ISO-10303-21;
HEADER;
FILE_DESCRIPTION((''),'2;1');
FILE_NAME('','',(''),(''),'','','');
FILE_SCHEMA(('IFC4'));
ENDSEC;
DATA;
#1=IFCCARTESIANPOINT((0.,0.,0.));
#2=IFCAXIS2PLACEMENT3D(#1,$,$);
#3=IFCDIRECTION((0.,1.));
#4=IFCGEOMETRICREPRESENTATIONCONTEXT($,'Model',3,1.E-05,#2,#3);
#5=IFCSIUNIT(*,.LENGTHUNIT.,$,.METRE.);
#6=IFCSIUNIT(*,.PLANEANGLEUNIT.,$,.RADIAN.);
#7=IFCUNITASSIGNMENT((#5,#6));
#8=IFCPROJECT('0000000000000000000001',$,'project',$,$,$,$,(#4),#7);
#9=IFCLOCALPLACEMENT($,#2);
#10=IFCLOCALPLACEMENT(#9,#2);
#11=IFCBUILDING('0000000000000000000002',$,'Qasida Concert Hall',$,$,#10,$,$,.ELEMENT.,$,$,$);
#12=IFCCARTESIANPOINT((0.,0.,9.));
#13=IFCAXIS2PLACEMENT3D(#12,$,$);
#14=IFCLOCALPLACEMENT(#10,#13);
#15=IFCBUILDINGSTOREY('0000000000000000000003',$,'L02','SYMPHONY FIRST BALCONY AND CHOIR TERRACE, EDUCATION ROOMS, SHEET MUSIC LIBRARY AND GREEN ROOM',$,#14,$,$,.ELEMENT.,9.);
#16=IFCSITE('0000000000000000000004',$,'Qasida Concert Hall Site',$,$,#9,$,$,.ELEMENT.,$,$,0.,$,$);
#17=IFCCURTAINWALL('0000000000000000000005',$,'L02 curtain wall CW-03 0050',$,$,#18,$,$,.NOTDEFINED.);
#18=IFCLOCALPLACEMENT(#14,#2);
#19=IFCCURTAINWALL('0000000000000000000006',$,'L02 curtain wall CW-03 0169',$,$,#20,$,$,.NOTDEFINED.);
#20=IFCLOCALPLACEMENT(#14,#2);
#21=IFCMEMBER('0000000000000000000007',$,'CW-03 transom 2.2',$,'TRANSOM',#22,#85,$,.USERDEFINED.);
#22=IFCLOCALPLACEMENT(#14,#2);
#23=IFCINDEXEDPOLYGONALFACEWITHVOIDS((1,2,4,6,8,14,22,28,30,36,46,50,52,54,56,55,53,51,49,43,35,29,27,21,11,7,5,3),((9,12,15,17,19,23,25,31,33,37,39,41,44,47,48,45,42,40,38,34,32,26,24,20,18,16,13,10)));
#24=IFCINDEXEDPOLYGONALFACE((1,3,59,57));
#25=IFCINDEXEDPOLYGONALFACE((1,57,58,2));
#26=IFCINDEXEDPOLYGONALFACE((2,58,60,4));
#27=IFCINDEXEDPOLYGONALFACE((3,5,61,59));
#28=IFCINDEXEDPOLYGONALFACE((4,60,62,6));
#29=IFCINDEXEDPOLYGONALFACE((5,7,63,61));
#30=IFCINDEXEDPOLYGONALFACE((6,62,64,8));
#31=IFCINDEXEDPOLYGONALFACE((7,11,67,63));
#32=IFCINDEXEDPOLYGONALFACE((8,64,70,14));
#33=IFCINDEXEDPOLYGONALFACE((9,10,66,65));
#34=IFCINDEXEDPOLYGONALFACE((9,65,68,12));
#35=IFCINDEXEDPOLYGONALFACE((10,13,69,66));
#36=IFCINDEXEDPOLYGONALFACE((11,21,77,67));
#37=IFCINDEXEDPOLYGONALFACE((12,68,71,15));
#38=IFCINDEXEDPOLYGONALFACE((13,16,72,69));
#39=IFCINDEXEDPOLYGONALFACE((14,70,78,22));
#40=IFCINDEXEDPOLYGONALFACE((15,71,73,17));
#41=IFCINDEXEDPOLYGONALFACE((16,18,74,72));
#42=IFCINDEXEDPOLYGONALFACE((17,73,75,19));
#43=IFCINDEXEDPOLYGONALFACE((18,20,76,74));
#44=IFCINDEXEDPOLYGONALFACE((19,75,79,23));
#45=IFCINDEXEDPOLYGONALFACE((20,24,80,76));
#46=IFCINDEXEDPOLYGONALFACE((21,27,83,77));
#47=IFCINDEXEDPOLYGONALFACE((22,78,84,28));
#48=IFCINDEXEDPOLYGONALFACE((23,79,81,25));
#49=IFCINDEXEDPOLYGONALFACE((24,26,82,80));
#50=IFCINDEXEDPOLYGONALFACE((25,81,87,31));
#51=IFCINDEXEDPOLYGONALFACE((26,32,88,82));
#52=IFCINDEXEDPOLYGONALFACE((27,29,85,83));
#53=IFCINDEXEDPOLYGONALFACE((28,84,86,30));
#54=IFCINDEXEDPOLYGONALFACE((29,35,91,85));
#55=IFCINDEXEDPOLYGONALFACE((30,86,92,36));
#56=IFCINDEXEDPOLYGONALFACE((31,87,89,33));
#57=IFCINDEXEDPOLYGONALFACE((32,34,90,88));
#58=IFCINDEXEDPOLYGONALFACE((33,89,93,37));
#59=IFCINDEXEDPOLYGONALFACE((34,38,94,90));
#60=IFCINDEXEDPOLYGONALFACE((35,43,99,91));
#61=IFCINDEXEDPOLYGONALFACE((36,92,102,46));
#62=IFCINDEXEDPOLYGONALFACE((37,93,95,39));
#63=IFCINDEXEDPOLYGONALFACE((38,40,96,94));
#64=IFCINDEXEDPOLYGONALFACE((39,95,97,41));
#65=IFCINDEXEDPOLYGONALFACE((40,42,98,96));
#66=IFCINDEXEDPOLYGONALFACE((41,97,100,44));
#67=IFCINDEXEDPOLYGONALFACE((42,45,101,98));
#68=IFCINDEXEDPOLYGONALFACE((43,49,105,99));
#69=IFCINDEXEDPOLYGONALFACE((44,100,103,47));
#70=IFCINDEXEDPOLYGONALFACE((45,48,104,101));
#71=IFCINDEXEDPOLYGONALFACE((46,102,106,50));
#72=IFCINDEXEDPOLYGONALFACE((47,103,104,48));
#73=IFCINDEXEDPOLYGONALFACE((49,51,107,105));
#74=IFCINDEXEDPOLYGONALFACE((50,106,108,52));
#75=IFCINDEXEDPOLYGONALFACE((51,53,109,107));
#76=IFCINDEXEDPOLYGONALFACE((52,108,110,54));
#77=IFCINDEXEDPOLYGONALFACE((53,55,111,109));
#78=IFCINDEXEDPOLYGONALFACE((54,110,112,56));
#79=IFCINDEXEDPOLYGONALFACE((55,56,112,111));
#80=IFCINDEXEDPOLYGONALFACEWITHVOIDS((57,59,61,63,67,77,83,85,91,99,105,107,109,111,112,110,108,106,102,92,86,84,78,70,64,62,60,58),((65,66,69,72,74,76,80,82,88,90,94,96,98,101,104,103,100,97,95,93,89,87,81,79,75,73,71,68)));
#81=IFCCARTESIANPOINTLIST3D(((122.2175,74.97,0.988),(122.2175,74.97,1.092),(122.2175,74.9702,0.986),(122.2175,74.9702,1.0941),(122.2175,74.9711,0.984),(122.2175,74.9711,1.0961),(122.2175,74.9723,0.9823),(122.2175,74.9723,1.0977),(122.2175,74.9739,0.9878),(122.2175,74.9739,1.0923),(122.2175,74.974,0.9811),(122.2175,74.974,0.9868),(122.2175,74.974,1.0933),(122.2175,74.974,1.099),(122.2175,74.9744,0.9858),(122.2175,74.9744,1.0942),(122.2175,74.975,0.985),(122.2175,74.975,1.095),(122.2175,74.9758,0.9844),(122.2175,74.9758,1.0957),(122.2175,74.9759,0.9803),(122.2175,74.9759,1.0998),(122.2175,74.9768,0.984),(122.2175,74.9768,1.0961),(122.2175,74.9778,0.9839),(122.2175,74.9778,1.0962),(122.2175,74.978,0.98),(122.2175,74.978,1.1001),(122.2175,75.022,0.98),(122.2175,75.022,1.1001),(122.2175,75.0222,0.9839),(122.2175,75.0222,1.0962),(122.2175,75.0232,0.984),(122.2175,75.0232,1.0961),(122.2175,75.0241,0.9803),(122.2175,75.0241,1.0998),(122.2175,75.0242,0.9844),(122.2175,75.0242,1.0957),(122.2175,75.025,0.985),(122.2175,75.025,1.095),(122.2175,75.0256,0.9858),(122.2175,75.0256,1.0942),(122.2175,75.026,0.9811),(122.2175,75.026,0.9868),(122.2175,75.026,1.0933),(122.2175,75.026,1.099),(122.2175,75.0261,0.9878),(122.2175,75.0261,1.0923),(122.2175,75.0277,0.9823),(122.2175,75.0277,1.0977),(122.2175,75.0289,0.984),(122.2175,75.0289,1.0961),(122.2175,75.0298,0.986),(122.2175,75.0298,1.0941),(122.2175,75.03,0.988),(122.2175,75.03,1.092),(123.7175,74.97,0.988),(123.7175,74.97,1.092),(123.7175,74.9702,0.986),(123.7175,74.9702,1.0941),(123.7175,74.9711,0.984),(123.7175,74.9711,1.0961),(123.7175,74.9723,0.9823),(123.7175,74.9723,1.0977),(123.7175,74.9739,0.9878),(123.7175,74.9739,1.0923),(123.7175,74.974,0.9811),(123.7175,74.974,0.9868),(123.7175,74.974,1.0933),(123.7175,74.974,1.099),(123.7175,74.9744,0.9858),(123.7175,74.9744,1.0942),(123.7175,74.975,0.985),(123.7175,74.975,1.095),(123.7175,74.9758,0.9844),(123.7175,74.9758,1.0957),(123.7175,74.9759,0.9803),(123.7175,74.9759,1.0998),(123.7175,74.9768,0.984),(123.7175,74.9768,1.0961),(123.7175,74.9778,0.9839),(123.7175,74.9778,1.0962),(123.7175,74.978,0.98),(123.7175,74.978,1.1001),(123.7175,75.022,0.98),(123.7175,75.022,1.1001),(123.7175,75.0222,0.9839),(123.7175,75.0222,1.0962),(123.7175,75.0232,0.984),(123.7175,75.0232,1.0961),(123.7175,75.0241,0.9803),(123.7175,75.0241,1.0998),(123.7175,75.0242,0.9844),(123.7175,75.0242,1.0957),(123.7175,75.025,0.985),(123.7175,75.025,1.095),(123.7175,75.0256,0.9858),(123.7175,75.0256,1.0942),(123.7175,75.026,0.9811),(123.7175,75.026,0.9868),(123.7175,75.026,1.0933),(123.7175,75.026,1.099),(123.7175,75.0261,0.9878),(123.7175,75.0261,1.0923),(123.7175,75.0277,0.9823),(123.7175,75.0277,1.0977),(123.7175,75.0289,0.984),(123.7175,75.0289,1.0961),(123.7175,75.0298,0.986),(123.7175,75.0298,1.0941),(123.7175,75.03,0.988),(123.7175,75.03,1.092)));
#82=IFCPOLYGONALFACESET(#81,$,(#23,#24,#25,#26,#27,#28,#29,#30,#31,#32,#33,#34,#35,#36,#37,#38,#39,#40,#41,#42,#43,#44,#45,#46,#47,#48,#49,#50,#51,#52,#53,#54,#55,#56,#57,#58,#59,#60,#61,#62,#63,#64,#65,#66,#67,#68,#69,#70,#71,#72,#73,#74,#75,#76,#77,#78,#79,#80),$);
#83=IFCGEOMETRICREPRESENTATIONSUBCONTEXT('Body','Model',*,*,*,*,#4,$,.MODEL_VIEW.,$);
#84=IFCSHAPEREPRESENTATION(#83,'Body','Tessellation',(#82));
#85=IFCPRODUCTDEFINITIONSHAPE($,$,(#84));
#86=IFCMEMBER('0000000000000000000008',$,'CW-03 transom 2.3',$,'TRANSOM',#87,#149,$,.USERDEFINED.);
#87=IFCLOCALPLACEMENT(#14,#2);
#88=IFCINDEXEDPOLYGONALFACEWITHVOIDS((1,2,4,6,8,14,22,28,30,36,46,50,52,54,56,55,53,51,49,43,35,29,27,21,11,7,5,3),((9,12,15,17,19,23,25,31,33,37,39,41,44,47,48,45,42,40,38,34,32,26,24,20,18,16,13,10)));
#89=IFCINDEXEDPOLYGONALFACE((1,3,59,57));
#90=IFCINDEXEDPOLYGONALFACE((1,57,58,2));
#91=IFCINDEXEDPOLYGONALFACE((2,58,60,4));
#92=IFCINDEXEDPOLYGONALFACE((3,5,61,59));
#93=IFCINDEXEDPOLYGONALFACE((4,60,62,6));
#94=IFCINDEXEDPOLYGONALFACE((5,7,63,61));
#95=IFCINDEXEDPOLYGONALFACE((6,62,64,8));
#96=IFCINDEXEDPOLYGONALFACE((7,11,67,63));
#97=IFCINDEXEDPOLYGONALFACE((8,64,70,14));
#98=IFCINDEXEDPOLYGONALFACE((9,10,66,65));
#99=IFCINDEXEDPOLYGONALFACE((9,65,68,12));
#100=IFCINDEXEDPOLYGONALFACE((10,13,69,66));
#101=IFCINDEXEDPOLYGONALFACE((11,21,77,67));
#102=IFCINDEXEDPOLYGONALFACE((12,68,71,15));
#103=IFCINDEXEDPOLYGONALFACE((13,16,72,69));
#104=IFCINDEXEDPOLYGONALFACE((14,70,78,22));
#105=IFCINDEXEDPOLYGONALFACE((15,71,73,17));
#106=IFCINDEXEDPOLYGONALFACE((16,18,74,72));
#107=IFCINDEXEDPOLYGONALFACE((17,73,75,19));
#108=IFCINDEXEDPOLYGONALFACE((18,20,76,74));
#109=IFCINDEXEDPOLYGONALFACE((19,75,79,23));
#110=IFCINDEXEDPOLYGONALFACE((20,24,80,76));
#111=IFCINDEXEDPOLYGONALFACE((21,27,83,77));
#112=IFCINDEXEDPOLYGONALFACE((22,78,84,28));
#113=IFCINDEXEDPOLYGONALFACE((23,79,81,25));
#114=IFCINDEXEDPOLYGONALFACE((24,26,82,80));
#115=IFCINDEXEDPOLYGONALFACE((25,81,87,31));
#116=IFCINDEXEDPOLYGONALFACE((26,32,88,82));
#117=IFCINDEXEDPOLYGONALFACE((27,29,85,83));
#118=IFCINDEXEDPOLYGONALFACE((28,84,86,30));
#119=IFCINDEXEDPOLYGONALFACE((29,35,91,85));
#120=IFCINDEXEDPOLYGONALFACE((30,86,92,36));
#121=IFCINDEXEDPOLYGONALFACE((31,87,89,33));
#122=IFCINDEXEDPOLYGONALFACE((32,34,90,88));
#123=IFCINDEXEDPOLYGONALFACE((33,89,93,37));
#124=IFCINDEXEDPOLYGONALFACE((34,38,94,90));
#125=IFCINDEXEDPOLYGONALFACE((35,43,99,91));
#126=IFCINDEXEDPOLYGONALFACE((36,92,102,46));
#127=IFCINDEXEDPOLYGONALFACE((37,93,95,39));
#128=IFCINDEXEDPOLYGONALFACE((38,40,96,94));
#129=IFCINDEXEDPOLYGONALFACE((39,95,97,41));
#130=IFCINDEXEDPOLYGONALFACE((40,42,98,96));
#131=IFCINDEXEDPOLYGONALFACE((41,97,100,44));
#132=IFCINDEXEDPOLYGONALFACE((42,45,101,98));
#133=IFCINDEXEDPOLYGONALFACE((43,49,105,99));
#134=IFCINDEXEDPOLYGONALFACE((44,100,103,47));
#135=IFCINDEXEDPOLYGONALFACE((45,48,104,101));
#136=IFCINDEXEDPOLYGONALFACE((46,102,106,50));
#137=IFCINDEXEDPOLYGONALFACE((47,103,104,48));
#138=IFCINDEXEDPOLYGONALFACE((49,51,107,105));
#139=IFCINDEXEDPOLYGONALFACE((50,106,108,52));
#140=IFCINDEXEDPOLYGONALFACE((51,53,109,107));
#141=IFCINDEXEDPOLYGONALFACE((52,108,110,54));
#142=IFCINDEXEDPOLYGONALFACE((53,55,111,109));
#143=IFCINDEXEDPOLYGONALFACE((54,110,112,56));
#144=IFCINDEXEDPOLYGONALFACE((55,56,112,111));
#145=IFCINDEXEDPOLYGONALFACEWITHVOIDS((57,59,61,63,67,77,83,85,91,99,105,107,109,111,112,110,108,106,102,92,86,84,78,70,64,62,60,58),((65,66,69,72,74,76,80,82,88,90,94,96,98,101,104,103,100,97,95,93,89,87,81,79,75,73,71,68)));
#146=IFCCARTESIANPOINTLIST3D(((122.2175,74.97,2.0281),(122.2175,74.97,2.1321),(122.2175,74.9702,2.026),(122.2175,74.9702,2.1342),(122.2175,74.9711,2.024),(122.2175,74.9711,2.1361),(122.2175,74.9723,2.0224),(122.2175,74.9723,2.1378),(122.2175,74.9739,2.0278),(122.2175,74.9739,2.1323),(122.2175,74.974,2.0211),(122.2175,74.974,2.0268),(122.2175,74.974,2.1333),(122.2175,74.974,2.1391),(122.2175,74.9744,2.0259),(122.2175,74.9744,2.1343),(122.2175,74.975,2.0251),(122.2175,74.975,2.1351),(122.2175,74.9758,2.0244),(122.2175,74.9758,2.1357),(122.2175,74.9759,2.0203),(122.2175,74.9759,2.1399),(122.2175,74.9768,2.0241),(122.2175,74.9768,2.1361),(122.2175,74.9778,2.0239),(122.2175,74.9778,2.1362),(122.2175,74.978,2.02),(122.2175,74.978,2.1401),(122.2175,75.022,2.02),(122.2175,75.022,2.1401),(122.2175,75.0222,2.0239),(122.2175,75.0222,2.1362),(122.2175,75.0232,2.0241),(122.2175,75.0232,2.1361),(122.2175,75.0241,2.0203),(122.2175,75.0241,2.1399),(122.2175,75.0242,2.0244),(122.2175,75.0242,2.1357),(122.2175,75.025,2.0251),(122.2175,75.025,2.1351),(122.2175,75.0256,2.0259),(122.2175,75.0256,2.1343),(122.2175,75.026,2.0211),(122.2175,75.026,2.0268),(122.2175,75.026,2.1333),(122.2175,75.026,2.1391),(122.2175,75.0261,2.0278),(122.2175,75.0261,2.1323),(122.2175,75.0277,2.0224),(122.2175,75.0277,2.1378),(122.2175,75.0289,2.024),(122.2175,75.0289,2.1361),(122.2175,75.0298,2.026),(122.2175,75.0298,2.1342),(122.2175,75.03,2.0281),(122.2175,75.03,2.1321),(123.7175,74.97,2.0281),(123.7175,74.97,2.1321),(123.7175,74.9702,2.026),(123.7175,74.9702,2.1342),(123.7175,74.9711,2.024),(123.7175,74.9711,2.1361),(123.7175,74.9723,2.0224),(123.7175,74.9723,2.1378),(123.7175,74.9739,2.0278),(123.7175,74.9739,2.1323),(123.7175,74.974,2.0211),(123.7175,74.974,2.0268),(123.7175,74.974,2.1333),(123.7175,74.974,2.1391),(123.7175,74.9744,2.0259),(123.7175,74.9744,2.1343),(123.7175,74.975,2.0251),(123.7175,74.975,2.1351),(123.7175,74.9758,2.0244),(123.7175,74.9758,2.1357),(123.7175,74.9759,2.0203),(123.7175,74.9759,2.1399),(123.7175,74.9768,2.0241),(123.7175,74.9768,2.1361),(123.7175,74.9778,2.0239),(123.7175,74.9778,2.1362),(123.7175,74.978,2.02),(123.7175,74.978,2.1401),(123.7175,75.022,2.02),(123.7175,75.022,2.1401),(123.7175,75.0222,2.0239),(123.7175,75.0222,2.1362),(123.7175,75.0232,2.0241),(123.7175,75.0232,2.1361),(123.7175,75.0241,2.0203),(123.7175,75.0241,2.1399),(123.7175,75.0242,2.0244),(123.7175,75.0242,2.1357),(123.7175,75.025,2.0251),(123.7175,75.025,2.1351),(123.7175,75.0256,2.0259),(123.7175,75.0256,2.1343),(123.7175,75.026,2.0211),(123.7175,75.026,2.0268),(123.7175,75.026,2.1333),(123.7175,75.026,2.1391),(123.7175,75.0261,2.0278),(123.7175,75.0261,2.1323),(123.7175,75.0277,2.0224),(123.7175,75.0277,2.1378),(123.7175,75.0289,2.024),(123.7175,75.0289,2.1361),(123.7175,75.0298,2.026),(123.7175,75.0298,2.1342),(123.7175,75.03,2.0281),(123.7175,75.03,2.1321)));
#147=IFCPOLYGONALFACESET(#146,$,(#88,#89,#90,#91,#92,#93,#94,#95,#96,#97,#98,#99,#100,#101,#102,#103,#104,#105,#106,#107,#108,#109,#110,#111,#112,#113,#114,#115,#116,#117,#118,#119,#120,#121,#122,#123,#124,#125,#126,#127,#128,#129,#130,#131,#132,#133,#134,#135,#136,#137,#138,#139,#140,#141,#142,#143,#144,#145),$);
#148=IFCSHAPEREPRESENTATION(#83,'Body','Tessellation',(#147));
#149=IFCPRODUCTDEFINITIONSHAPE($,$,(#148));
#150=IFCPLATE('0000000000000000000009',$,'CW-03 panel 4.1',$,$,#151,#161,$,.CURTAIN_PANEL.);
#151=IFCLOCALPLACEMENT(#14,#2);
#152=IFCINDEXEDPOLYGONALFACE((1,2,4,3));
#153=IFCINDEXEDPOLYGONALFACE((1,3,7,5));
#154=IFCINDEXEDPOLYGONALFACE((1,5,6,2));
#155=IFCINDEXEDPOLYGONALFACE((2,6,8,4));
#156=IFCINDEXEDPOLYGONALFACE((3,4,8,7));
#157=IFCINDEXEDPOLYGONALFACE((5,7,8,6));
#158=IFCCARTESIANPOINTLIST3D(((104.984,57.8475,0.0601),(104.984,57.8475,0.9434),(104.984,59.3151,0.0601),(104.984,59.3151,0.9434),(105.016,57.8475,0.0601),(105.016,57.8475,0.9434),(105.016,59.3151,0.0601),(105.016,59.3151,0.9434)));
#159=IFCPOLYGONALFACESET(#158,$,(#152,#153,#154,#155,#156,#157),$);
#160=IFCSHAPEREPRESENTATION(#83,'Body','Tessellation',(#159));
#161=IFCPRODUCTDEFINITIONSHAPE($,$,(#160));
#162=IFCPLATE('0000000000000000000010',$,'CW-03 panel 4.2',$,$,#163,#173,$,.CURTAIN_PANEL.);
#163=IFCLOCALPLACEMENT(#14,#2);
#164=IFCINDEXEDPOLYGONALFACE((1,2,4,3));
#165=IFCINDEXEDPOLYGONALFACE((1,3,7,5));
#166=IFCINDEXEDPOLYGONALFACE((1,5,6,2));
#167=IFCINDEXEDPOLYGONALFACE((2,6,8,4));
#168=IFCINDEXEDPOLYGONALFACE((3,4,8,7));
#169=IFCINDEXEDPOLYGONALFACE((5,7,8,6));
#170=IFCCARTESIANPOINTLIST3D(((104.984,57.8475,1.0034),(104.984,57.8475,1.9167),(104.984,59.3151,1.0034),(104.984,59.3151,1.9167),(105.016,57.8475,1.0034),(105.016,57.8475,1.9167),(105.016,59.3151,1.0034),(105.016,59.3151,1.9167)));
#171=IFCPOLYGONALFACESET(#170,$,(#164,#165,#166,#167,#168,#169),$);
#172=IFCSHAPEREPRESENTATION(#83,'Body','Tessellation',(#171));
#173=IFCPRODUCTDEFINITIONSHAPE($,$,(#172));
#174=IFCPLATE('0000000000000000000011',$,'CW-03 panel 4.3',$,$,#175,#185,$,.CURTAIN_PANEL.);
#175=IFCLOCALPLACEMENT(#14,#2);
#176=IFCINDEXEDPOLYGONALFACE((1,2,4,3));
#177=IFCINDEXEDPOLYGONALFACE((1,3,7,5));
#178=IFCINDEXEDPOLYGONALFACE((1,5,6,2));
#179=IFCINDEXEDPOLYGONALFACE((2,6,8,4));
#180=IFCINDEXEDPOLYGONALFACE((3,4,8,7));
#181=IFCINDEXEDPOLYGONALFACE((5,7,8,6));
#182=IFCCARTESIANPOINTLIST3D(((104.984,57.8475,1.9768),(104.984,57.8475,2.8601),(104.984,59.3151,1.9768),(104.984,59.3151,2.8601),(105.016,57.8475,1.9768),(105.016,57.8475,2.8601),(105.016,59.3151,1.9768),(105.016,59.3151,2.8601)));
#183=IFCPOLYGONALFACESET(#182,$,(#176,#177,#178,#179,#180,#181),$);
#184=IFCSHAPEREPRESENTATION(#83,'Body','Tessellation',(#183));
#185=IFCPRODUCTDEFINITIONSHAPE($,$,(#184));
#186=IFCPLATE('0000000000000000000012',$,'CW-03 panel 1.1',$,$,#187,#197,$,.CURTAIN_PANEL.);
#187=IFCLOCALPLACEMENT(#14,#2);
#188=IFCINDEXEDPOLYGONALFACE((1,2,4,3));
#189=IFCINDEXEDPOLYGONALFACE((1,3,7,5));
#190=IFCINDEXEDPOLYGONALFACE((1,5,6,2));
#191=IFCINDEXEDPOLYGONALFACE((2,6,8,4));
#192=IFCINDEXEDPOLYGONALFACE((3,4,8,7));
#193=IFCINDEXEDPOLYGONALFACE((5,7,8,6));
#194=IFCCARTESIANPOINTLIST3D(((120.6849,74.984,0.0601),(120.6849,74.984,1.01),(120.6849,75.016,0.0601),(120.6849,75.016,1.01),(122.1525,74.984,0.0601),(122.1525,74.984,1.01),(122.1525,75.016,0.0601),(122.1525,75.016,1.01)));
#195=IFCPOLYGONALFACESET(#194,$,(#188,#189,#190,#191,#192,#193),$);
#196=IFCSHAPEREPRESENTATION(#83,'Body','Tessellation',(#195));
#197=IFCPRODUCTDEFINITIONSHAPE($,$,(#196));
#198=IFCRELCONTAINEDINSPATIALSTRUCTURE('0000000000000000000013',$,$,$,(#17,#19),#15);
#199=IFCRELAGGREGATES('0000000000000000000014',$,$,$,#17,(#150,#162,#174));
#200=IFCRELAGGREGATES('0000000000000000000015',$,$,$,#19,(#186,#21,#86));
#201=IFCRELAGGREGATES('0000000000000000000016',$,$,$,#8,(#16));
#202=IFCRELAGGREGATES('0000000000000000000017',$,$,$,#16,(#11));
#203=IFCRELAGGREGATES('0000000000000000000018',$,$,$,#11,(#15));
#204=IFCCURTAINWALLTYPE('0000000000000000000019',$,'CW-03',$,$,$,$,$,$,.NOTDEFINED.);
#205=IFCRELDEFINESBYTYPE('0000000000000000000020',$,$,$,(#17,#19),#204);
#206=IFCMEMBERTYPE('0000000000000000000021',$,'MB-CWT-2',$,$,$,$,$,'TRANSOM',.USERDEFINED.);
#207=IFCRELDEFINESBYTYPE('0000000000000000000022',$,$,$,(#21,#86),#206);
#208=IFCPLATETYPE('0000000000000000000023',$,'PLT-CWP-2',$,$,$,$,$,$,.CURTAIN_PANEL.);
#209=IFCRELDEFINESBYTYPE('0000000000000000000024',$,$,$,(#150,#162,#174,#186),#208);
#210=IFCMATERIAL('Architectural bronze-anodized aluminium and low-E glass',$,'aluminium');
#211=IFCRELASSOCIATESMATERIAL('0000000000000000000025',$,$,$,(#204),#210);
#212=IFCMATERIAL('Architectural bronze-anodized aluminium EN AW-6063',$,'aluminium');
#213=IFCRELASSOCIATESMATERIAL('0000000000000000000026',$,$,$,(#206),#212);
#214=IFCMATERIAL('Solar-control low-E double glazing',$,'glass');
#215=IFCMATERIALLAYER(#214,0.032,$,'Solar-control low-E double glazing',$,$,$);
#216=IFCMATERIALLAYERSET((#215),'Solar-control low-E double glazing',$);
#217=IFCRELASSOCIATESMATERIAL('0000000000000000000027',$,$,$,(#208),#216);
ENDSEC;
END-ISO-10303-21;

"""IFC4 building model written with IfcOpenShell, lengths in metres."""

from ifc_helpers import new_model, si_unit, direction, frame, origin, origin_2d, place, context, subcontext, project, spatial, rectangle, hollow_rectangle, extrude, material, layer, layer_set, material_profile, profile_set, type_object, element, aggregate, save


model = new_model("IFC4")

# Units and contexts
model_context = context("Model", 3, precision=1e-05, world=origin(), true_north=direction((0.0, 1.0)))
body_context = subcontext(model_context, "Body", "Model", "MODEL_VIEW")
ifc_project = project(units=[si_unit("LENGTHUNIT", "METRE"), si_unit("PLANEANGLEUNIT", "RADIAN")], contexts=[model_context])

# Site, building, storey
site_placement = place(None, origin())
site = spatial("IfcSite", under=ifc_project, at=site_placement, Name="Qasida Concert Hall Site", CompositionType="ELEMENT", RefElevation=0.0)
building_placement = place(site_placement, origin())
building = spatial("IfcBuilding", under=site, at=building_placement, Name="Qasida Concert Hall", CompositionType="ELEMENT")
storey_placement = place(building_placement, frame((0.0, 0.0, 9.0)))
storey = spatial("IfcBuildingStorey", under=building, at=storey_placement, Name="L02", Description="SYMPHONY FIRST BALCONY AND CHOIR TERRACE, EDUCATION ROOMS, SHEET MUSIC LIBRARY AND GREEN ROOM", CompositionType="ELEMENT", Elevation=9.0)

# Curtain wall
ifc_material_1 = material(Name="Architectural bronze-anodized aluminium and low-E glass", Category="aluminium")
curtain_wall_type = type_object("IfcCurtainWallType", Name="CW-03", PredefinedType="NOTDEFINED", material=ifc_material_1)
curtain_wall_1_placement = place(storey_placement, origin())
curtain_wall_1 = element("IfcCurtainWall", 1, at=curtain_wall_1_placement, inside=storey, type_object=curtain_wall_type, Name="L02 curtain wall CW-03 0050", PredefinedType="NOTDEFINED")
ifc_material_2 = material(Name="Architectural bronze-anodized aluminium EN AW-6063", Category="aluminium")

# Curtain wall
curtain_wall_2_placement = place(storey_placement, origin())
curtain_wall_2 = element("IfcCurtainWall", 2, at=curtain_wall_2_placement, inside=storey, type_object=curtain_wall_type, Name="L02 curtain wall CW-03 0169", PredefinedType="NOTDEFINED")

# Members
ifc_material_profile_1 = material_profile(ifc_material_2, hollow_rectangle(XDim=0.0601, YDim=0.1201, WallThickness=0.0039, InnerFilletRadius=0.0039, OuterFilletRadius=0.0081, at=origin_2d()), Name="CWT 120x60x4")
ifc_profile_set_1 = profile_set([ifc_material_profile_1], Name="Architectural bronze-anodized aluminium EN AW-6063")
member_type_1 = type_object("IfcMemberType", Name="MB-CWT-2", ElementType="TRANSOM", PredefinedType="USERDEFINED", material=ifc_profile_set_1)
member_1_placement = place(storey_placement, frame((122.2175, 75.0, 1.04), z_axis=(1.0, 0.0, 0.0), x_axis=(0.0, 1.0, 0.0)))
member_1 = element("IfcMember", 3, at=member_1_placement, type_object=member_type_1, Name="CW-03 transom 2.2", ObjectType="TRANSOM", PredefinedType="USERDEFINED", context=body_context, shape_type="SweptSolid", body=[
    extrude(hollow_rectangle(XDim=0.0601, YDim=0.1201, WallThickness=0.0039, InnerFilletRadius=0.0039, OuterFilletRadius=0.0081, at=origin_2d()), origin(), (0.0, 0.0, 1.0), 1.5),
])
member_2_placement = place(storey_placement, frame((122.2175, 75.0, 2.0801), z_axis=(1.0, 0.0, 0.0), x_axis=(0.0, 1.0, 0.0)))
member_2 = element("IfcMember", 4, at=member_2_placement, type_object=member_type_1, Name="CW-03 transom 2.3", ObjectType="TRANSOM", PredefinedType="USERDEFINED", context=body_context, shape_type="SweptSolid", body=[
    extrude(hollow_rectangle(XDim=0.0601, YDim=0.1201, WallThickness=0.0039, InnerFilletRadius=0.0039, OuterFilletRadius=0.0081, at=origin_2d()), origin(), (0.0, 0.0, 1.0), 1.5),
])

# Plates
ifc_material_3 = material(Name="Solar-control low-E double glazing", Category="glass")
ifc_layer_1 = layer(ifc_material_3, 0.032, Name="Solar-control low-E double glazing")
ifc_layer_set_1 = layer_set([ifc_layer_1], Name="Solar-control low-E double glazing")
plate_type = type_object("IfcPlateType", Name="PLT-CWP-2", PredefinedType="CURTAIN_PANEL", material=ifc_layer_set_1)
plate_1_placement = place(storey_placement, frame((105.0, 58.5813, 0.0601), z_axis=(0.0, 0.0, 1.0), x_axis=(0.0, 1.0, 0.0)))
plate_1 = element("IfcPlate", 5, at=plate_1_placement, type_object=plate_type, Name="CW-03 panel 4.1", PredefinedType="CURTAIN_PANEL", context=body_context, shape_type="SweptSolid", body=[
    extrude(rectangle(XDim=1.4675, YDim=0.032, at=origin_2d()), origin(), (0.0, 0.0, 1.0), 0.8833),
])
plate_2_placement = place(storey_placement, frame((105.0, 58.5813, 1.0034), z_axis=(0.0, 0.0, 1.0), x_axis=(0.0, 1.0, 0.0)))
plate_2 = element("IfcPlate", 6, at=plate_2_placement, type_object=plate_type, Name="CW-03 panel 4.2", PredefinedType="CURTAIN_PANEL", context=body_context, shape_type="SweptSolid", body=[
    extrude(rectangle(XDim=1.4675, YDim=0.032, at=origin_2d()), origin(), (0.0, 0.0, 1.0), 0.9133),
])
plate_3_placement = place(storey_placement, frame((105.0, 58.5813, 1.9768), z_axis=(0.0, 0.0, 1.0), x_axis=(0.0, 1.0, 0.0)))
plate_3 = element("IfcPlate", 7, at=plate_3_placement, type_object=plate_type, Name="CW-03 panel 4.3", PredefinedType="CURTAIN_PANEL", context=body_context, shape_type="SweptSolid", body=[
    extrude(rectangle(XDim=1.4675, YDim=0.032, at=origin_2d()), origin(), (0.0, 0.0, 1.0), 0.8833),
])
aggregate(curtain_wall_1, [plate_1, plate_2, plate_3])
plate_4_placement = place(storey_placement, frame((121.4187, 75.0, 0.0601), z_axis=(0.0, 0.0, 1.0), x_axis=(1.0, 0.0, 0.0)))
plate_4 = element("IfcPlate", 8, at=plate_4_placement, type_object=plate_type, Name="CW-03 panel 1.1", PredefinedType="CURTAIN_PANEL", context=body_context, shape_type="SweptSolid", body=[
    extrude(rectangle(XDim=1.4675, YDim=0.032, at=origin_2d()), origin(), (0.0, 0.0, 1.0), 0.95),
])
aggregate(curtain_wall_2, [plate_4, member_1, member_2])

save(model, "model.ifc")
